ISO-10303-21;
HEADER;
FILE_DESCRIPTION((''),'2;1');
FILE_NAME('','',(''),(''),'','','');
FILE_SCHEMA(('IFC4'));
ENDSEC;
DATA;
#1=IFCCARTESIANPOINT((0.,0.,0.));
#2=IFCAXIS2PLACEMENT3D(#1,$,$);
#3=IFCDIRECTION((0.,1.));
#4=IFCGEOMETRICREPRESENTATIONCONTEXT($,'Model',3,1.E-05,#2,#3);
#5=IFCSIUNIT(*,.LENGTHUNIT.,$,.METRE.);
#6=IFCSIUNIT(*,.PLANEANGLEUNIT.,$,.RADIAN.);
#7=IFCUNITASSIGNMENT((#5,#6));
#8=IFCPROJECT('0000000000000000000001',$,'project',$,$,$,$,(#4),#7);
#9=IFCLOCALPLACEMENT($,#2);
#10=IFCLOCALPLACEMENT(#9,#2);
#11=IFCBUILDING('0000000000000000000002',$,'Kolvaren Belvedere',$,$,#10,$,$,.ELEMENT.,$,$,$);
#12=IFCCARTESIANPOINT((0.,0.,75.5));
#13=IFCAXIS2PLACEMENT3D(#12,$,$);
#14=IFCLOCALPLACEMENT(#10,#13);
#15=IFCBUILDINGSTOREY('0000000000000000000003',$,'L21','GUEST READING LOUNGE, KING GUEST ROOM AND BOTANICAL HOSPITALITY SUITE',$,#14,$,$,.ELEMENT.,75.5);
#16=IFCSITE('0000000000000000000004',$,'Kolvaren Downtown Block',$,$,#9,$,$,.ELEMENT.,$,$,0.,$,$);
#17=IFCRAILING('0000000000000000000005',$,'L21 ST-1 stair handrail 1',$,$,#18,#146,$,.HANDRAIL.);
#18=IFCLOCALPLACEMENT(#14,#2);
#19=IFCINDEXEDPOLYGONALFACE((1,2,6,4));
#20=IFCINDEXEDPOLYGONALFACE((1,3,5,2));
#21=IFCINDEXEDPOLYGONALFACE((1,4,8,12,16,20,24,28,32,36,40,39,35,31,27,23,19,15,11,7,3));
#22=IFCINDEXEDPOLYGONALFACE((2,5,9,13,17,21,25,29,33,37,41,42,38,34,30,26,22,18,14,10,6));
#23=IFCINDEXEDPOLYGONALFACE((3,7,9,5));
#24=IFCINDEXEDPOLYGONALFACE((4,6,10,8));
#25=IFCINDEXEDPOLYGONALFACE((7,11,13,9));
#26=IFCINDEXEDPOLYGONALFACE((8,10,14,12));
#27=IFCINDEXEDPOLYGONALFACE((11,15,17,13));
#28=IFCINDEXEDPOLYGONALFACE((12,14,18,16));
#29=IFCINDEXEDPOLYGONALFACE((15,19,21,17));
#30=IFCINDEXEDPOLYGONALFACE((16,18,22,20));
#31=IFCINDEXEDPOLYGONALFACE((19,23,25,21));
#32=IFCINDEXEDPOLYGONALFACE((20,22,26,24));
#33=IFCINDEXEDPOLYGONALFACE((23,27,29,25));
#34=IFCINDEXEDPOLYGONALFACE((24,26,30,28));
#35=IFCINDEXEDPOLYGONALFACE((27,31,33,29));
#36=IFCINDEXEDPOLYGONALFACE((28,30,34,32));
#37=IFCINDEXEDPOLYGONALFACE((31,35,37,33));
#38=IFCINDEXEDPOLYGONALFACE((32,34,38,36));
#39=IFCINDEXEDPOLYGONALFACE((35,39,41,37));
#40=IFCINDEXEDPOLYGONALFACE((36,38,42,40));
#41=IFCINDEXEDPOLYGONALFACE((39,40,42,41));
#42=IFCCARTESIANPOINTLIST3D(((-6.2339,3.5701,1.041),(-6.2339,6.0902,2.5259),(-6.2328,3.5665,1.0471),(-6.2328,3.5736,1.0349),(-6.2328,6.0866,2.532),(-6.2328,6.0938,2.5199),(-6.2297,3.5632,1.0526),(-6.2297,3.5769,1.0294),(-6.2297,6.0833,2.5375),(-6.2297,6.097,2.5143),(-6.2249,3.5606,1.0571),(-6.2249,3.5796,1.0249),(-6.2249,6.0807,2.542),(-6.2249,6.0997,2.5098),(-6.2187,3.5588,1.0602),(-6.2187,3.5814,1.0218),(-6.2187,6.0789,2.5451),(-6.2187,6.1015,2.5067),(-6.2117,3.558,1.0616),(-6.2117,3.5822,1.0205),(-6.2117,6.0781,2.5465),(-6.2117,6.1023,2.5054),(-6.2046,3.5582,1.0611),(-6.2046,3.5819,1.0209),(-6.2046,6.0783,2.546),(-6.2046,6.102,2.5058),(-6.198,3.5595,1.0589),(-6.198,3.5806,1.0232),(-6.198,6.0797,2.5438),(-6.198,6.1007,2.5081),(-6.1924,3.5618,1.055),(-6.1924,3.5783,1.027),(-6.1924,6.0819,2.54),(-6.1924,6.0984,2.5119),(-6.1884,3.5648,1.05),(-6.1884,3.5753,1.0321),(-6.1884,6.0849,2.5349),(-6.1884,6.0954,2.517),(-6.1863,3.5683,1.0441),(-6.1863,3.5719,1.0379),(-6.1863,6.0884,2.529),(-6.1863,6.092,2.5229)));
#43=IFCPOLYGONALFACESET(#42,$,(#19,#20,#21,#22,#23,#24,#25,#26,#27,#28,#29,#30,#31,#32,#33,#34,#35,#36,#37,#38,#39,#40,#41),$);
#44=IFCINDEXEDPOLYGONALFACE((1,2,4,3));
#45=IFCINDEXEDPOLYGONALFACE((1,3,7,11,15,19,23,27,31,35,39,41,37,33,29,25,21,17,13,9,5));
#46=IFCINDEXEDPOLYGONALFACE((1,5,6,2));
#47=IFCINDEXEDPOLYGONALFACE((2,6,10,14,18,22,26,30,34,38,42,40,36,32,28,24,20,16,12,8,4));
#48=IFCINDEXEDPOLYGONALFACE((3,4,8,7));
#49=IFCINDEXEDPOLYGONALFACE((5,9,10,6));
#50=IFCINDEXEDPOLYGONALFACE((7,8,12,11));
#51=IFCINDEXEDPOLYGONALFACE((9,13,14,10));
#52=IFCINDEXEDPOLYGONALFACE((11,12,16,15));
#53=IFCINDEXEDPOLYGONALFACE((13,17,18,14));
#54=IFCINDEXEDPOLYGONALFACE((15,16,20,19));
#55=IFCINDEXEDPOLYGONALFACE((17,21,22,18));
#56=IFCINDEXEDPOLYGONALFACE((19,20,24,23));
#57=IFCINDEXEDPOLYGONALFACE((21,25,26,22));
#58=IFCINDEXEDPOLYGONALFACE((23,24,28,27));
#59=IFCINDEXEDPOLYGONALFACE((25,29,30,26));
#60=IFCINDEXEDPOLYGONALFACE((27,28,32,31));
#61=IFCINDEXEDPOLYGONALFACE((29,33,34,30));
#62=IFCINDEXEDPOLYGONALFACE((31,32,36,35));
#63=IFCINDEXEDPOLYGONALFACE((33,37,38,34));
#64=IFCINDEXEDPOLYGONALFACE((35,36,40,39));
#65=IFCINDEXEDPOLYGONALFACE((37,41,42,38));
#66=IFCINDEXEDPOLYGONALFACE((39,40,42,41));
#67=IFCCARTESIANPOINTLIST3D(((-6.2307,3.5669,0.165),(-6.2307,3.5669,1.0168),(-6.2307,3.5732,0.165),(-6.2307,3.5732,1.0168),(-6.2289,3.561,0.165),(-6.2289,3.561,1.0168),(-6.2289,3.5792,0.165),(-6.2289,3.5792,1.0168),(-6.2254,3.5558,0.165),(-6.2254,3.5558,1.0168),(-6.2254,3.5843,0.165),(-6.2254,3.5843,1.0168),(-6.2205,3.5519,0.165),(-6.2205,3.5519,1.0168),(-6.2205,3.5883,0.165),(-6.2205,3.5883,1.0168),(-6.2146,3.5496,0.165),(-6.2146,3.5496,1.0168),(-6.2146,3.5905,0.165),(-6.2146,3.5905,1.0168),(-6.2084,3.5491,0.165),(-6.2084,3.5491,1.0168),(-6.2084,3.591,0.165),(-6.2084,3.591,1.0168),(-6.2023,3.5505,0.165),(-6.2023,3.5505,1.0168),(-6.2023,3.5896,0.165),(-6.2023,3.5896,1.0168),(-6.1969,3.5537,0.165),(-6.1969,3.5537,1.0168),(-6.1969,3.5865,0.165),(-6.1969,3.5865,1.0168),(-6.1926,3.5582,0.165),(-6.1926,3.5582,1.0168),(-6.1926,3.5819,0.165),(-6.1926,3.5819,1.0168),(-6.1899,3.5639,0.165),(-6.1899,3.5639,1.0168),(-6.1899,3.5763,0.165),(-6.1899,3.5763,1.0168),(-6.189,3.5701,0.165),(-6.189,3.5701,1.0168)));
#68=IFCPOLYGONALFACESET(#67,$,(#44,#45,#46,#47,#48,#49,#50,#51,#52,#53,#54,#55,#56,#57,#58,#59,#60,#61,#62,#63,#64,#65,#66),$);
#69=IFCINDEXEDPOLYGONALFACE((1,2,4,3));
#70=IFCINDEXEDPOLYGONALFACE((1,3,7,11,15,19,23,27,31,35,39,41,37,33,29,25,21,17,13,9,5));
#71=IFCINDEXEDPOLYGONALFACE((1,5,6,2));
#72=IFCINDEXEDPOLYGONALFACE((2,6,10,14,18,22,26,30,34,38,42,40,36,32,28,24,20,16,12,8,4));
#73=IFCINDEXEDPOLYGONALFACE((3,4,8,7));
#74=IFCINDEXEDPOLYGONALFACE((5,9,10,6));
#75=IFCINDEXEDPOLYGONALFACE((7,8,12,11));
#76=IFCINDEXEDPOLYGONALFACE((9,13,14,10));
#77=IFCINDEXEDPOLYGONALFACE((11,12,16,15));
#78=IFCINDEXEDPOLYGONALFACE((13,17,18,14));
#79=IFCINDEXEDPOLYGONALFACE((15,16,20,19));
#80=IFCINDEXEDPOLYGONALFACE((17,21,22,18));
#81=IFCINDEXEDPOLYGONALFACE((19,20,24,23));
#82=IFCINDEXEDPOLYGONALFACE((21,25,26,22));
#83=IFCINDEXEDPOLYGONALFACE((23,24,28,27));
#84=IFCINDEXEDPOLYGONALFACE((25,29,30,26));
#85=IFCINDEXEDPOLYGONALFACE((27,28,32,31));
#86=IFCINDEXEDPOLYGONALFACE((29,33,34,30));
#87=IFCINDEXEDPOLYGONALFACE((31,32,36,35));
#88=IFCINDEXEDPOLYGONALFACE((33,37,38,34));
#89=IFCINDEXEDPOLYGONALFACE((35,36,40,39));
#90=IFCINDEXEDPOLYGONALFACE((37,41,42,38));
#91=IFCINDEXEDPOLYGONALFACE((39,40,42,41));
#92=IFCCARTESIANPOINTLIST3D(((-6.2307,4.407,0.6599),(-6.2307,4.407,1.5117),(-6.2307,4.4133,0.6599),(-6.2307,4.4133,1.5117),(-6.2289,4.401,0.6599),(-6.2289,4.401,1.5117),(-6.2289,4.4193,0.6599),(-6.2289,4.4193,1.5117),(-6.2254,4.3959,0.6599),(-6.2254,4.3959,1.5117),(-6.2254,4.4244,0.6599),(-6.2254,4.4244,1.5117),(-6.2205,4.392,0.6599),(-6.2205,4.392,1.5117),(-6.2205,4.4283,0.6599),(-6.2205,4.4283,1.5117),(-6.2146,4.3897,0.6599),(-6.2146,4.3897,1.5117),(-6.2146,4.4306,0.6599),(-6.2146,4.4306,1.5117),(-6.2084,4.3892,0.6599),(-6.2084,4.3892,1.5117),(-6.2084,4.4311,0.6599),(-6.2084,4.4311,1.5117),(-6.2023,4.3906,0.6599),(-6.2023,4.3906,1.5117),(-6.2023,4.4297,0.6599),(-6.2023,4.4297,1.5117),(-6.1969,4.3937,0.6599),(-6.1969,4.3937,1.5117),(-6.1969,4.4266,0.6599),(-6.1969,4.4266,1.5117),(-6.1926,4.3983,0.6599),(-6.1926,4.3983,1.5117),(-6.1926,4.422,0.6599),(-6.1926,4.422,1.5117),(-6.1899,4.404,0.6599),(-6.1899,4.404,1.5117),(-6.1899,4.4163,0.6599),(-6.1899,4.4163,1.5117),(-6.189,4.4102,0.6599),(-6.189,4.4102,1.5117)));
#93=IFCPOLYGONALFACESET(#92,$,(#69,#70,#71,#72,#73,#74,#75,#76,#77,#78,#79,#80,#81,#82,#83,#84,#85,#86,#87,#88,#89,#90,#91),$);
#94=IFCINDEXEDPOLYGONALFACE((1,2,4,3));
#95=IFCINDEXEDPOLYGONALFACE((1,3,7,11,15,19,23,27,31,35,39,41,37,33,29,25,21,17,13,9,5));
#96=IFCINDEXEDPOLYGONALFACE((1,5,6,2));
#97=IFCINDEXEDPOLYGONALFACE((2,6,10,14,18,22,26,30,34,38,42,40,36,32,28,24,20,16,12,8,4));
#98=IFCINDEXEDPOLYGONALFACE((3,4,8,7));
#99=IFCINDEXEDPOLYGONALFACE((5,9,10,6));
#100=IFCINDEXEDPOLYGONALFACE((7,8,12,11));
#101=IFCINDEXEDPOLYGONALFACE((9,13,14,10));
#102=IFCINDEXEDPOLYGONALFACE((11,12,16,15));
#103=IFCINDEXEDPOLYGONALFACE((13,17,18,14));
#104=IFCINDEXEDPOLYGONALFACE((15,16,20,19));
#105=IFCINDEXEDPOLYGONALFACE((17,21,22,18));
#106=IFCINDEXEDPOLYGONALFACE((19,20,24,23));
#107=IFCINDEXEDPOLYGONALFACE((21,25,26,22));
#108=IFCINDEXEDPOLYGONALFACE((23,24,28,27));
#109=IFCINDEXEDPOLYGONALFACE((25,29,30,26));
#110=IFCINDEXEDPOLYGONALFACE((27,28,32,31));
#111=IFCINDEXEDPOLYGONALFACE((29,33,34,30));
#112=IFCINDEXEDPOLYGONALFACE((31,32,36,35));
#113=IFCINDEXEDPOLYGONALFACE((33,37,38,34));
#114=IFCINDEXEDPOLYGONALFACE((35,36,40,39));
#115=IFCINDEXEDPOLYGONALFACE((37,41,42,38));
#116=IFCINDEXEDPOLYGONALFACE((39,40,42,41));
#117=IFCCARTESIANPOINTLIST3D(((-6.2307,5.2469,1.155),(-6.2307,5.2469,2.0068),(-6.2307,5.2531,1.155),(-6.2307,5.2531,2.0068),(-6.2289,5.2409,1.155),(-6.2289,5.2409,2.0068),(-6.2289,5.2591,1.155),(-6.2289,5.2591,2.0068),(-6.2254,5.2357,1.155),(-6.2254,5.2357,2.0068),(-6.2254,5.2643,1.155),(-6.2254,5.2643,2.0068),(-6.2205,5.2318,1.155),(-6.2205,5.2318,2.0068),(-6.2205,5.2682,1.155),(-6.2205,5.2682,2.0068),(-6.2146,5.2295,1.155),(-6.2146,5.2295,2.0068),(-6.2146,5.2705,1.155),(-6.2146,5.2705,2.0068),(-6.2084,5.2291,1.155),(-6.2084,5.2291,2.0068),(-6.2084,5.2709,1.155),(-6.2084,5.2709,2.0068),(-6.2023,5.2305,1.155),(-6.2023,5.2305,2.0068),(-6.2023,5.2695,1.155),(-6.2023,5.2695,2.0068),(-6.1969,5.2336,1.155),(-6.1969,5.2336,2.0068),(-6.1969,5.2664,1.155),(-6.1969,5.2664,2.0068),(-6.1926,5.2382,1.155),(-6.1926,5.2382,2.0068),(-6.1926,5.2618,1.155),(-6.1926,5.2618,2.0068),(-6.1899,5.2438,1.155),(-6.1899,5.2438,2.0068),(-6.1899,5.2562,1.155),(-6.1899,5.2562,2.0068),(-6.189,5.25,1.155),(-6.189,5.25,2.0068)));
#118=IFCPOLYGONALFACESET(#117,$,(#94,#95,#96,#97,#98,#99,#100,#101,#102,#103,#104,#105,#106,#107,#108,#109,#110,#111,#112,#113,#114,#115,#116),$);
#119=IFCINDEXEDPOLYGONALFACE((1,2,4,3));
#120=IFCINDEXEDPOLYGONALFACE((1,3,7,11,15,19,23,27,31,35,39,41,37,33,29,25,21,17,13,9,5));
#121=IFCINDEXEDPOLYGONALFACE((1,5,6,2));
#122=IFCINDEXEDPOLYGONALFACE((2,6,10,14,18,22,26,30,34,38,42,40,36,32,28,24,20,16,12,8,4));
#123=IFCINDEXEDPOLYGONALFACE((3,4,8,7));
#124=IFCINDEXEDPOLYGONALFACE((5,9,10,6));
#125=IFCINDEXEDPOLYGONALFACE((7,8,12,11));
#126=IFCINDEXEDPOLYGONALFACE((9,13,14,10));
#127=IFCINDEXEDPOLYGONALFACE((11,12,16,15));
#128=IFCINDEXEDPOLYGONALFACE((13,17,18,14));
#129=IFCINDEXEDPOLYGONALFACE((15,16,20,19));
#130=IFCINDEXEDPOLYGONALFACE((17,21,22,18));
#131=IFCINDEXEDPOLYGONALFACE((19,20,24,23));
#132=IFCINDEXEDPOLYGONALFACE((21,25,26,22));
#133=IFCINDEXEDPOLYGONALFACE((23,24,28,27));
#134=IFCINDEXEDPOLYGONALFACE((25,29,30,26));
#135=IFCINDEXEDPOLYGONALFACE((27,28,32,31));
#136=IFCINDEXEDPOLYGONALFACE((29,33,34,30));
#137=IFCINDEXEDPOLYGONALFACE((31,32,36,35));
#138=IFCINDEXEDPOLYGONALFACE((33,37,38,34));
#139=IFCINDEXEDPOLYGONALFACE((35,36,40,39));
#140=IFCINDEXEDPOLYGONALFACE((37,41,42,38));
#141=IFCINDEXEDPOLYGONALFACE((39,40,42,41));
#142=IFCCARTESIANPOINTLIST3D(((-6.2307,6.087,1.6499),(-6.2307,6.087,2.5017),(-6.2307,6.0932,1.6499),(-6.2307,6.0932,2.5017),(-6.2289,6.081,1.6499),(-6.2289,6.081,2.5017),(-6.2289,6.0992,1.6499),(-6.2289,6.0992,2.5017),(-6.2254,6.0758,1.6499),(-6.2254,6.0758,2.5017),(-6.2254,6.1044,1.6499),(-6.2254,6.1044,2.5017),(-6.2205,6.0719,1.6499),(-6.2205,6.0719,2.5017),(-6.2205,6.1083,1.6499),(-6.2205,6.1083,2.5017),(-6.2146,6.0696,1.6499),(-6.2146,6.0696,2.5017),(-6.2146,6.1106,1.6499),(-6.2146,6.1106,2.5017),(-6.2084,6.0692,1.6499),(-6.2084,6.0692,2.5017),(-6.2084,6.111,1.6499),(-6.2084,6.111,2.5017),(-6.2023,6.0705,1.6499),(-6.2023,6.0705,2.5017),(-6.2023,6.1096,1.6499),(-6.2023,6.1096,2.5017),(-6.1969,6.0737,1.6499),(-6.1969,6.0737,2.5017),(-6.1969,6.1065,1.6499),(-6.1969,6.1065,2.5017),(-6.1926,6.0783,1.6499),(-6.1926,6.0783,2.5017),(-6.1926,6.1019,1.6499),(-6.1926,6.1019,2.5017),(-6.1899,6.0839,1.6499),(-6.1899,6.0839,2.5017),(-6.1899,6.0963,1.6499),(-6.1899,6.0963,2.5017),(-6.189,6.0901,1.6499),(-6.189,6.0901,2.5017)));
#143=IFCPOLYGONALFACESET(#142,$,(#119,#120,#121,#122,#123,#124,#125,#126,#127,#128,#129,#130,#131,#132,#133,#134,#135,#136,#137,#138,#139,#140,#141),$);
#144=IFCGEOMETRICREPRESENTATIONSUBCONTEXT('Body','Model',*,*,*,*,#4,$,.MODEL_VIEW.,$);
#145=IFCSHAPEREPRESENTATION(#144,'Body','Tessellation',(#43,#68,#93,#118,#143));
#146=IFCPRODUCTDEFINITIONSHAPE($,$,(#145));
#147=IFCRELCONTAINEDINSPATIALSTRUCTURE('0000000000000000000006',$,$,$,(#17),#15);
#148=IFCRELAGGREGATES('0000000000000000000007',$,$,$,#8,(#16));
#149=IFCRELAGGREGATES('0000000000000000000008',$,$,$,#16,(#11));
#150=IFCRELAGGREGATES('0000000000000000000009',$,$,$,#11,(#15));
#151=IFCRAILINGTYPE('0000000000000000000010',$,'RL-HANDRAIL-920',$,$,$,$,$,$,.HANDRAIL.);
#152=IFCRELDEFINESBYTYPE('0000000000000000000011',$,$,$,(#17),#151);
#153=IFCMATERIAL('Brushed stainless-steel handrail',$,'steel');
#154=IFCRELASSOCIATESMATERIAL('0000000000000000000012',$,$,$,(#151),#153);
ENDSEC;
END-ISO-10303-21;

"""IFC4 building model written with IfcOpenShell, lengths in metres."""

from ifc_helpers import new_model, si_unit, direction, frame, origin, origin_2d, place, context, subcontext, project, spatial, circle, extrude, material, type_object, element, save


model = new_model("IFC4")

# Units and contexts
model_context = context("Model", 3, precision=1e-05, world=origin(), true_north=direction((0.0, 1.0)))
body_context = subcontext(model_context, "Body", "Model", "MODEL_VIEW")
ifc_project = project(units=[si_unit("LENGTHUNIT", "METRE"), si_unit("PLANEANGLEUNIT", "RADIAN")], contexts=[model_context])

# Site, building, storey
site_placement = place(None, origin())
site = spatial("IfcSite", under=ifc_project, at=site_placement, Name="Kolvaren Downtown Block", CompositionType="ELEMENT", RefElevation=0.0)
building_placement = place(site_placement, origin())
building = spatial("IfcBuilding", under=site, at=building_placement, Name="Kolvaren Belvedere", CompositionType="ELEMENT")
storey_placement = place(building_placement, frame((0.0, 0.0, 75.5)))
storey = spatial("IfcBuildingStorey", under=building, at=storey_placement, Name="L21", Description="GUEST READING LOUNGE, KING GUEST ROOM AND BOTANICAL HOSPITALITY SUITE", CompositionType="ELEMENT", Elevation=75.5)

# Railing
ifc_material_1 = material(Name="Brushed stainless-steel handrail", Category="steel")
railing_type_1 = type_object("IfcRailingType", Name="RL-HANDRAIL-920", PredefinedType="HANDRAIL", material=ifc_material_1)
railing_1_placement = place(storey_placement, frame((-6.21, 3.5701, 0.165)))
element("IfcRailing", 1, at=railing_1_placement, inside=storey, type_object=railing_type_1, Name="L21 ST-1 stair handrail 1", PredefinedType="HANDRAIL", context=body_context, shape_type="SweptSolid", body=[
    extrude(circle(Radius=0.0239, at=origin_2d()), frame((0.0, 0.0, 0.876), z_axis=(0.0, 0.861561, 0.507655), x_axis=(-1.0, 0.0, 0.0)), (0.0, 0.0, 1.0), 2.925),
    extrude(circle(Radius=0.021, at=origin_2d()), origin(), (0.0, 0.0, 1.0), 0.8518),
    extrude(circle(Radius=0.021, at=origin_2d()), frame((0.0, 0.8401, 0.4949)), (0.0, 0.0, 1.0), 0.8518),
    extrude(circle(Radius=0.021, at=origin_2d()), frame((0.0, 1.6799, 0.99)), (0.0, 0.0, 1.0), 0.8518),
    extrude(circle(Radius=0.021, at=origin_2d()), frame((0.0, 2.52, 1.4849)), (0.0, 0.0, 1.0), 0.8518),
])

save(model, "model.ifc")
